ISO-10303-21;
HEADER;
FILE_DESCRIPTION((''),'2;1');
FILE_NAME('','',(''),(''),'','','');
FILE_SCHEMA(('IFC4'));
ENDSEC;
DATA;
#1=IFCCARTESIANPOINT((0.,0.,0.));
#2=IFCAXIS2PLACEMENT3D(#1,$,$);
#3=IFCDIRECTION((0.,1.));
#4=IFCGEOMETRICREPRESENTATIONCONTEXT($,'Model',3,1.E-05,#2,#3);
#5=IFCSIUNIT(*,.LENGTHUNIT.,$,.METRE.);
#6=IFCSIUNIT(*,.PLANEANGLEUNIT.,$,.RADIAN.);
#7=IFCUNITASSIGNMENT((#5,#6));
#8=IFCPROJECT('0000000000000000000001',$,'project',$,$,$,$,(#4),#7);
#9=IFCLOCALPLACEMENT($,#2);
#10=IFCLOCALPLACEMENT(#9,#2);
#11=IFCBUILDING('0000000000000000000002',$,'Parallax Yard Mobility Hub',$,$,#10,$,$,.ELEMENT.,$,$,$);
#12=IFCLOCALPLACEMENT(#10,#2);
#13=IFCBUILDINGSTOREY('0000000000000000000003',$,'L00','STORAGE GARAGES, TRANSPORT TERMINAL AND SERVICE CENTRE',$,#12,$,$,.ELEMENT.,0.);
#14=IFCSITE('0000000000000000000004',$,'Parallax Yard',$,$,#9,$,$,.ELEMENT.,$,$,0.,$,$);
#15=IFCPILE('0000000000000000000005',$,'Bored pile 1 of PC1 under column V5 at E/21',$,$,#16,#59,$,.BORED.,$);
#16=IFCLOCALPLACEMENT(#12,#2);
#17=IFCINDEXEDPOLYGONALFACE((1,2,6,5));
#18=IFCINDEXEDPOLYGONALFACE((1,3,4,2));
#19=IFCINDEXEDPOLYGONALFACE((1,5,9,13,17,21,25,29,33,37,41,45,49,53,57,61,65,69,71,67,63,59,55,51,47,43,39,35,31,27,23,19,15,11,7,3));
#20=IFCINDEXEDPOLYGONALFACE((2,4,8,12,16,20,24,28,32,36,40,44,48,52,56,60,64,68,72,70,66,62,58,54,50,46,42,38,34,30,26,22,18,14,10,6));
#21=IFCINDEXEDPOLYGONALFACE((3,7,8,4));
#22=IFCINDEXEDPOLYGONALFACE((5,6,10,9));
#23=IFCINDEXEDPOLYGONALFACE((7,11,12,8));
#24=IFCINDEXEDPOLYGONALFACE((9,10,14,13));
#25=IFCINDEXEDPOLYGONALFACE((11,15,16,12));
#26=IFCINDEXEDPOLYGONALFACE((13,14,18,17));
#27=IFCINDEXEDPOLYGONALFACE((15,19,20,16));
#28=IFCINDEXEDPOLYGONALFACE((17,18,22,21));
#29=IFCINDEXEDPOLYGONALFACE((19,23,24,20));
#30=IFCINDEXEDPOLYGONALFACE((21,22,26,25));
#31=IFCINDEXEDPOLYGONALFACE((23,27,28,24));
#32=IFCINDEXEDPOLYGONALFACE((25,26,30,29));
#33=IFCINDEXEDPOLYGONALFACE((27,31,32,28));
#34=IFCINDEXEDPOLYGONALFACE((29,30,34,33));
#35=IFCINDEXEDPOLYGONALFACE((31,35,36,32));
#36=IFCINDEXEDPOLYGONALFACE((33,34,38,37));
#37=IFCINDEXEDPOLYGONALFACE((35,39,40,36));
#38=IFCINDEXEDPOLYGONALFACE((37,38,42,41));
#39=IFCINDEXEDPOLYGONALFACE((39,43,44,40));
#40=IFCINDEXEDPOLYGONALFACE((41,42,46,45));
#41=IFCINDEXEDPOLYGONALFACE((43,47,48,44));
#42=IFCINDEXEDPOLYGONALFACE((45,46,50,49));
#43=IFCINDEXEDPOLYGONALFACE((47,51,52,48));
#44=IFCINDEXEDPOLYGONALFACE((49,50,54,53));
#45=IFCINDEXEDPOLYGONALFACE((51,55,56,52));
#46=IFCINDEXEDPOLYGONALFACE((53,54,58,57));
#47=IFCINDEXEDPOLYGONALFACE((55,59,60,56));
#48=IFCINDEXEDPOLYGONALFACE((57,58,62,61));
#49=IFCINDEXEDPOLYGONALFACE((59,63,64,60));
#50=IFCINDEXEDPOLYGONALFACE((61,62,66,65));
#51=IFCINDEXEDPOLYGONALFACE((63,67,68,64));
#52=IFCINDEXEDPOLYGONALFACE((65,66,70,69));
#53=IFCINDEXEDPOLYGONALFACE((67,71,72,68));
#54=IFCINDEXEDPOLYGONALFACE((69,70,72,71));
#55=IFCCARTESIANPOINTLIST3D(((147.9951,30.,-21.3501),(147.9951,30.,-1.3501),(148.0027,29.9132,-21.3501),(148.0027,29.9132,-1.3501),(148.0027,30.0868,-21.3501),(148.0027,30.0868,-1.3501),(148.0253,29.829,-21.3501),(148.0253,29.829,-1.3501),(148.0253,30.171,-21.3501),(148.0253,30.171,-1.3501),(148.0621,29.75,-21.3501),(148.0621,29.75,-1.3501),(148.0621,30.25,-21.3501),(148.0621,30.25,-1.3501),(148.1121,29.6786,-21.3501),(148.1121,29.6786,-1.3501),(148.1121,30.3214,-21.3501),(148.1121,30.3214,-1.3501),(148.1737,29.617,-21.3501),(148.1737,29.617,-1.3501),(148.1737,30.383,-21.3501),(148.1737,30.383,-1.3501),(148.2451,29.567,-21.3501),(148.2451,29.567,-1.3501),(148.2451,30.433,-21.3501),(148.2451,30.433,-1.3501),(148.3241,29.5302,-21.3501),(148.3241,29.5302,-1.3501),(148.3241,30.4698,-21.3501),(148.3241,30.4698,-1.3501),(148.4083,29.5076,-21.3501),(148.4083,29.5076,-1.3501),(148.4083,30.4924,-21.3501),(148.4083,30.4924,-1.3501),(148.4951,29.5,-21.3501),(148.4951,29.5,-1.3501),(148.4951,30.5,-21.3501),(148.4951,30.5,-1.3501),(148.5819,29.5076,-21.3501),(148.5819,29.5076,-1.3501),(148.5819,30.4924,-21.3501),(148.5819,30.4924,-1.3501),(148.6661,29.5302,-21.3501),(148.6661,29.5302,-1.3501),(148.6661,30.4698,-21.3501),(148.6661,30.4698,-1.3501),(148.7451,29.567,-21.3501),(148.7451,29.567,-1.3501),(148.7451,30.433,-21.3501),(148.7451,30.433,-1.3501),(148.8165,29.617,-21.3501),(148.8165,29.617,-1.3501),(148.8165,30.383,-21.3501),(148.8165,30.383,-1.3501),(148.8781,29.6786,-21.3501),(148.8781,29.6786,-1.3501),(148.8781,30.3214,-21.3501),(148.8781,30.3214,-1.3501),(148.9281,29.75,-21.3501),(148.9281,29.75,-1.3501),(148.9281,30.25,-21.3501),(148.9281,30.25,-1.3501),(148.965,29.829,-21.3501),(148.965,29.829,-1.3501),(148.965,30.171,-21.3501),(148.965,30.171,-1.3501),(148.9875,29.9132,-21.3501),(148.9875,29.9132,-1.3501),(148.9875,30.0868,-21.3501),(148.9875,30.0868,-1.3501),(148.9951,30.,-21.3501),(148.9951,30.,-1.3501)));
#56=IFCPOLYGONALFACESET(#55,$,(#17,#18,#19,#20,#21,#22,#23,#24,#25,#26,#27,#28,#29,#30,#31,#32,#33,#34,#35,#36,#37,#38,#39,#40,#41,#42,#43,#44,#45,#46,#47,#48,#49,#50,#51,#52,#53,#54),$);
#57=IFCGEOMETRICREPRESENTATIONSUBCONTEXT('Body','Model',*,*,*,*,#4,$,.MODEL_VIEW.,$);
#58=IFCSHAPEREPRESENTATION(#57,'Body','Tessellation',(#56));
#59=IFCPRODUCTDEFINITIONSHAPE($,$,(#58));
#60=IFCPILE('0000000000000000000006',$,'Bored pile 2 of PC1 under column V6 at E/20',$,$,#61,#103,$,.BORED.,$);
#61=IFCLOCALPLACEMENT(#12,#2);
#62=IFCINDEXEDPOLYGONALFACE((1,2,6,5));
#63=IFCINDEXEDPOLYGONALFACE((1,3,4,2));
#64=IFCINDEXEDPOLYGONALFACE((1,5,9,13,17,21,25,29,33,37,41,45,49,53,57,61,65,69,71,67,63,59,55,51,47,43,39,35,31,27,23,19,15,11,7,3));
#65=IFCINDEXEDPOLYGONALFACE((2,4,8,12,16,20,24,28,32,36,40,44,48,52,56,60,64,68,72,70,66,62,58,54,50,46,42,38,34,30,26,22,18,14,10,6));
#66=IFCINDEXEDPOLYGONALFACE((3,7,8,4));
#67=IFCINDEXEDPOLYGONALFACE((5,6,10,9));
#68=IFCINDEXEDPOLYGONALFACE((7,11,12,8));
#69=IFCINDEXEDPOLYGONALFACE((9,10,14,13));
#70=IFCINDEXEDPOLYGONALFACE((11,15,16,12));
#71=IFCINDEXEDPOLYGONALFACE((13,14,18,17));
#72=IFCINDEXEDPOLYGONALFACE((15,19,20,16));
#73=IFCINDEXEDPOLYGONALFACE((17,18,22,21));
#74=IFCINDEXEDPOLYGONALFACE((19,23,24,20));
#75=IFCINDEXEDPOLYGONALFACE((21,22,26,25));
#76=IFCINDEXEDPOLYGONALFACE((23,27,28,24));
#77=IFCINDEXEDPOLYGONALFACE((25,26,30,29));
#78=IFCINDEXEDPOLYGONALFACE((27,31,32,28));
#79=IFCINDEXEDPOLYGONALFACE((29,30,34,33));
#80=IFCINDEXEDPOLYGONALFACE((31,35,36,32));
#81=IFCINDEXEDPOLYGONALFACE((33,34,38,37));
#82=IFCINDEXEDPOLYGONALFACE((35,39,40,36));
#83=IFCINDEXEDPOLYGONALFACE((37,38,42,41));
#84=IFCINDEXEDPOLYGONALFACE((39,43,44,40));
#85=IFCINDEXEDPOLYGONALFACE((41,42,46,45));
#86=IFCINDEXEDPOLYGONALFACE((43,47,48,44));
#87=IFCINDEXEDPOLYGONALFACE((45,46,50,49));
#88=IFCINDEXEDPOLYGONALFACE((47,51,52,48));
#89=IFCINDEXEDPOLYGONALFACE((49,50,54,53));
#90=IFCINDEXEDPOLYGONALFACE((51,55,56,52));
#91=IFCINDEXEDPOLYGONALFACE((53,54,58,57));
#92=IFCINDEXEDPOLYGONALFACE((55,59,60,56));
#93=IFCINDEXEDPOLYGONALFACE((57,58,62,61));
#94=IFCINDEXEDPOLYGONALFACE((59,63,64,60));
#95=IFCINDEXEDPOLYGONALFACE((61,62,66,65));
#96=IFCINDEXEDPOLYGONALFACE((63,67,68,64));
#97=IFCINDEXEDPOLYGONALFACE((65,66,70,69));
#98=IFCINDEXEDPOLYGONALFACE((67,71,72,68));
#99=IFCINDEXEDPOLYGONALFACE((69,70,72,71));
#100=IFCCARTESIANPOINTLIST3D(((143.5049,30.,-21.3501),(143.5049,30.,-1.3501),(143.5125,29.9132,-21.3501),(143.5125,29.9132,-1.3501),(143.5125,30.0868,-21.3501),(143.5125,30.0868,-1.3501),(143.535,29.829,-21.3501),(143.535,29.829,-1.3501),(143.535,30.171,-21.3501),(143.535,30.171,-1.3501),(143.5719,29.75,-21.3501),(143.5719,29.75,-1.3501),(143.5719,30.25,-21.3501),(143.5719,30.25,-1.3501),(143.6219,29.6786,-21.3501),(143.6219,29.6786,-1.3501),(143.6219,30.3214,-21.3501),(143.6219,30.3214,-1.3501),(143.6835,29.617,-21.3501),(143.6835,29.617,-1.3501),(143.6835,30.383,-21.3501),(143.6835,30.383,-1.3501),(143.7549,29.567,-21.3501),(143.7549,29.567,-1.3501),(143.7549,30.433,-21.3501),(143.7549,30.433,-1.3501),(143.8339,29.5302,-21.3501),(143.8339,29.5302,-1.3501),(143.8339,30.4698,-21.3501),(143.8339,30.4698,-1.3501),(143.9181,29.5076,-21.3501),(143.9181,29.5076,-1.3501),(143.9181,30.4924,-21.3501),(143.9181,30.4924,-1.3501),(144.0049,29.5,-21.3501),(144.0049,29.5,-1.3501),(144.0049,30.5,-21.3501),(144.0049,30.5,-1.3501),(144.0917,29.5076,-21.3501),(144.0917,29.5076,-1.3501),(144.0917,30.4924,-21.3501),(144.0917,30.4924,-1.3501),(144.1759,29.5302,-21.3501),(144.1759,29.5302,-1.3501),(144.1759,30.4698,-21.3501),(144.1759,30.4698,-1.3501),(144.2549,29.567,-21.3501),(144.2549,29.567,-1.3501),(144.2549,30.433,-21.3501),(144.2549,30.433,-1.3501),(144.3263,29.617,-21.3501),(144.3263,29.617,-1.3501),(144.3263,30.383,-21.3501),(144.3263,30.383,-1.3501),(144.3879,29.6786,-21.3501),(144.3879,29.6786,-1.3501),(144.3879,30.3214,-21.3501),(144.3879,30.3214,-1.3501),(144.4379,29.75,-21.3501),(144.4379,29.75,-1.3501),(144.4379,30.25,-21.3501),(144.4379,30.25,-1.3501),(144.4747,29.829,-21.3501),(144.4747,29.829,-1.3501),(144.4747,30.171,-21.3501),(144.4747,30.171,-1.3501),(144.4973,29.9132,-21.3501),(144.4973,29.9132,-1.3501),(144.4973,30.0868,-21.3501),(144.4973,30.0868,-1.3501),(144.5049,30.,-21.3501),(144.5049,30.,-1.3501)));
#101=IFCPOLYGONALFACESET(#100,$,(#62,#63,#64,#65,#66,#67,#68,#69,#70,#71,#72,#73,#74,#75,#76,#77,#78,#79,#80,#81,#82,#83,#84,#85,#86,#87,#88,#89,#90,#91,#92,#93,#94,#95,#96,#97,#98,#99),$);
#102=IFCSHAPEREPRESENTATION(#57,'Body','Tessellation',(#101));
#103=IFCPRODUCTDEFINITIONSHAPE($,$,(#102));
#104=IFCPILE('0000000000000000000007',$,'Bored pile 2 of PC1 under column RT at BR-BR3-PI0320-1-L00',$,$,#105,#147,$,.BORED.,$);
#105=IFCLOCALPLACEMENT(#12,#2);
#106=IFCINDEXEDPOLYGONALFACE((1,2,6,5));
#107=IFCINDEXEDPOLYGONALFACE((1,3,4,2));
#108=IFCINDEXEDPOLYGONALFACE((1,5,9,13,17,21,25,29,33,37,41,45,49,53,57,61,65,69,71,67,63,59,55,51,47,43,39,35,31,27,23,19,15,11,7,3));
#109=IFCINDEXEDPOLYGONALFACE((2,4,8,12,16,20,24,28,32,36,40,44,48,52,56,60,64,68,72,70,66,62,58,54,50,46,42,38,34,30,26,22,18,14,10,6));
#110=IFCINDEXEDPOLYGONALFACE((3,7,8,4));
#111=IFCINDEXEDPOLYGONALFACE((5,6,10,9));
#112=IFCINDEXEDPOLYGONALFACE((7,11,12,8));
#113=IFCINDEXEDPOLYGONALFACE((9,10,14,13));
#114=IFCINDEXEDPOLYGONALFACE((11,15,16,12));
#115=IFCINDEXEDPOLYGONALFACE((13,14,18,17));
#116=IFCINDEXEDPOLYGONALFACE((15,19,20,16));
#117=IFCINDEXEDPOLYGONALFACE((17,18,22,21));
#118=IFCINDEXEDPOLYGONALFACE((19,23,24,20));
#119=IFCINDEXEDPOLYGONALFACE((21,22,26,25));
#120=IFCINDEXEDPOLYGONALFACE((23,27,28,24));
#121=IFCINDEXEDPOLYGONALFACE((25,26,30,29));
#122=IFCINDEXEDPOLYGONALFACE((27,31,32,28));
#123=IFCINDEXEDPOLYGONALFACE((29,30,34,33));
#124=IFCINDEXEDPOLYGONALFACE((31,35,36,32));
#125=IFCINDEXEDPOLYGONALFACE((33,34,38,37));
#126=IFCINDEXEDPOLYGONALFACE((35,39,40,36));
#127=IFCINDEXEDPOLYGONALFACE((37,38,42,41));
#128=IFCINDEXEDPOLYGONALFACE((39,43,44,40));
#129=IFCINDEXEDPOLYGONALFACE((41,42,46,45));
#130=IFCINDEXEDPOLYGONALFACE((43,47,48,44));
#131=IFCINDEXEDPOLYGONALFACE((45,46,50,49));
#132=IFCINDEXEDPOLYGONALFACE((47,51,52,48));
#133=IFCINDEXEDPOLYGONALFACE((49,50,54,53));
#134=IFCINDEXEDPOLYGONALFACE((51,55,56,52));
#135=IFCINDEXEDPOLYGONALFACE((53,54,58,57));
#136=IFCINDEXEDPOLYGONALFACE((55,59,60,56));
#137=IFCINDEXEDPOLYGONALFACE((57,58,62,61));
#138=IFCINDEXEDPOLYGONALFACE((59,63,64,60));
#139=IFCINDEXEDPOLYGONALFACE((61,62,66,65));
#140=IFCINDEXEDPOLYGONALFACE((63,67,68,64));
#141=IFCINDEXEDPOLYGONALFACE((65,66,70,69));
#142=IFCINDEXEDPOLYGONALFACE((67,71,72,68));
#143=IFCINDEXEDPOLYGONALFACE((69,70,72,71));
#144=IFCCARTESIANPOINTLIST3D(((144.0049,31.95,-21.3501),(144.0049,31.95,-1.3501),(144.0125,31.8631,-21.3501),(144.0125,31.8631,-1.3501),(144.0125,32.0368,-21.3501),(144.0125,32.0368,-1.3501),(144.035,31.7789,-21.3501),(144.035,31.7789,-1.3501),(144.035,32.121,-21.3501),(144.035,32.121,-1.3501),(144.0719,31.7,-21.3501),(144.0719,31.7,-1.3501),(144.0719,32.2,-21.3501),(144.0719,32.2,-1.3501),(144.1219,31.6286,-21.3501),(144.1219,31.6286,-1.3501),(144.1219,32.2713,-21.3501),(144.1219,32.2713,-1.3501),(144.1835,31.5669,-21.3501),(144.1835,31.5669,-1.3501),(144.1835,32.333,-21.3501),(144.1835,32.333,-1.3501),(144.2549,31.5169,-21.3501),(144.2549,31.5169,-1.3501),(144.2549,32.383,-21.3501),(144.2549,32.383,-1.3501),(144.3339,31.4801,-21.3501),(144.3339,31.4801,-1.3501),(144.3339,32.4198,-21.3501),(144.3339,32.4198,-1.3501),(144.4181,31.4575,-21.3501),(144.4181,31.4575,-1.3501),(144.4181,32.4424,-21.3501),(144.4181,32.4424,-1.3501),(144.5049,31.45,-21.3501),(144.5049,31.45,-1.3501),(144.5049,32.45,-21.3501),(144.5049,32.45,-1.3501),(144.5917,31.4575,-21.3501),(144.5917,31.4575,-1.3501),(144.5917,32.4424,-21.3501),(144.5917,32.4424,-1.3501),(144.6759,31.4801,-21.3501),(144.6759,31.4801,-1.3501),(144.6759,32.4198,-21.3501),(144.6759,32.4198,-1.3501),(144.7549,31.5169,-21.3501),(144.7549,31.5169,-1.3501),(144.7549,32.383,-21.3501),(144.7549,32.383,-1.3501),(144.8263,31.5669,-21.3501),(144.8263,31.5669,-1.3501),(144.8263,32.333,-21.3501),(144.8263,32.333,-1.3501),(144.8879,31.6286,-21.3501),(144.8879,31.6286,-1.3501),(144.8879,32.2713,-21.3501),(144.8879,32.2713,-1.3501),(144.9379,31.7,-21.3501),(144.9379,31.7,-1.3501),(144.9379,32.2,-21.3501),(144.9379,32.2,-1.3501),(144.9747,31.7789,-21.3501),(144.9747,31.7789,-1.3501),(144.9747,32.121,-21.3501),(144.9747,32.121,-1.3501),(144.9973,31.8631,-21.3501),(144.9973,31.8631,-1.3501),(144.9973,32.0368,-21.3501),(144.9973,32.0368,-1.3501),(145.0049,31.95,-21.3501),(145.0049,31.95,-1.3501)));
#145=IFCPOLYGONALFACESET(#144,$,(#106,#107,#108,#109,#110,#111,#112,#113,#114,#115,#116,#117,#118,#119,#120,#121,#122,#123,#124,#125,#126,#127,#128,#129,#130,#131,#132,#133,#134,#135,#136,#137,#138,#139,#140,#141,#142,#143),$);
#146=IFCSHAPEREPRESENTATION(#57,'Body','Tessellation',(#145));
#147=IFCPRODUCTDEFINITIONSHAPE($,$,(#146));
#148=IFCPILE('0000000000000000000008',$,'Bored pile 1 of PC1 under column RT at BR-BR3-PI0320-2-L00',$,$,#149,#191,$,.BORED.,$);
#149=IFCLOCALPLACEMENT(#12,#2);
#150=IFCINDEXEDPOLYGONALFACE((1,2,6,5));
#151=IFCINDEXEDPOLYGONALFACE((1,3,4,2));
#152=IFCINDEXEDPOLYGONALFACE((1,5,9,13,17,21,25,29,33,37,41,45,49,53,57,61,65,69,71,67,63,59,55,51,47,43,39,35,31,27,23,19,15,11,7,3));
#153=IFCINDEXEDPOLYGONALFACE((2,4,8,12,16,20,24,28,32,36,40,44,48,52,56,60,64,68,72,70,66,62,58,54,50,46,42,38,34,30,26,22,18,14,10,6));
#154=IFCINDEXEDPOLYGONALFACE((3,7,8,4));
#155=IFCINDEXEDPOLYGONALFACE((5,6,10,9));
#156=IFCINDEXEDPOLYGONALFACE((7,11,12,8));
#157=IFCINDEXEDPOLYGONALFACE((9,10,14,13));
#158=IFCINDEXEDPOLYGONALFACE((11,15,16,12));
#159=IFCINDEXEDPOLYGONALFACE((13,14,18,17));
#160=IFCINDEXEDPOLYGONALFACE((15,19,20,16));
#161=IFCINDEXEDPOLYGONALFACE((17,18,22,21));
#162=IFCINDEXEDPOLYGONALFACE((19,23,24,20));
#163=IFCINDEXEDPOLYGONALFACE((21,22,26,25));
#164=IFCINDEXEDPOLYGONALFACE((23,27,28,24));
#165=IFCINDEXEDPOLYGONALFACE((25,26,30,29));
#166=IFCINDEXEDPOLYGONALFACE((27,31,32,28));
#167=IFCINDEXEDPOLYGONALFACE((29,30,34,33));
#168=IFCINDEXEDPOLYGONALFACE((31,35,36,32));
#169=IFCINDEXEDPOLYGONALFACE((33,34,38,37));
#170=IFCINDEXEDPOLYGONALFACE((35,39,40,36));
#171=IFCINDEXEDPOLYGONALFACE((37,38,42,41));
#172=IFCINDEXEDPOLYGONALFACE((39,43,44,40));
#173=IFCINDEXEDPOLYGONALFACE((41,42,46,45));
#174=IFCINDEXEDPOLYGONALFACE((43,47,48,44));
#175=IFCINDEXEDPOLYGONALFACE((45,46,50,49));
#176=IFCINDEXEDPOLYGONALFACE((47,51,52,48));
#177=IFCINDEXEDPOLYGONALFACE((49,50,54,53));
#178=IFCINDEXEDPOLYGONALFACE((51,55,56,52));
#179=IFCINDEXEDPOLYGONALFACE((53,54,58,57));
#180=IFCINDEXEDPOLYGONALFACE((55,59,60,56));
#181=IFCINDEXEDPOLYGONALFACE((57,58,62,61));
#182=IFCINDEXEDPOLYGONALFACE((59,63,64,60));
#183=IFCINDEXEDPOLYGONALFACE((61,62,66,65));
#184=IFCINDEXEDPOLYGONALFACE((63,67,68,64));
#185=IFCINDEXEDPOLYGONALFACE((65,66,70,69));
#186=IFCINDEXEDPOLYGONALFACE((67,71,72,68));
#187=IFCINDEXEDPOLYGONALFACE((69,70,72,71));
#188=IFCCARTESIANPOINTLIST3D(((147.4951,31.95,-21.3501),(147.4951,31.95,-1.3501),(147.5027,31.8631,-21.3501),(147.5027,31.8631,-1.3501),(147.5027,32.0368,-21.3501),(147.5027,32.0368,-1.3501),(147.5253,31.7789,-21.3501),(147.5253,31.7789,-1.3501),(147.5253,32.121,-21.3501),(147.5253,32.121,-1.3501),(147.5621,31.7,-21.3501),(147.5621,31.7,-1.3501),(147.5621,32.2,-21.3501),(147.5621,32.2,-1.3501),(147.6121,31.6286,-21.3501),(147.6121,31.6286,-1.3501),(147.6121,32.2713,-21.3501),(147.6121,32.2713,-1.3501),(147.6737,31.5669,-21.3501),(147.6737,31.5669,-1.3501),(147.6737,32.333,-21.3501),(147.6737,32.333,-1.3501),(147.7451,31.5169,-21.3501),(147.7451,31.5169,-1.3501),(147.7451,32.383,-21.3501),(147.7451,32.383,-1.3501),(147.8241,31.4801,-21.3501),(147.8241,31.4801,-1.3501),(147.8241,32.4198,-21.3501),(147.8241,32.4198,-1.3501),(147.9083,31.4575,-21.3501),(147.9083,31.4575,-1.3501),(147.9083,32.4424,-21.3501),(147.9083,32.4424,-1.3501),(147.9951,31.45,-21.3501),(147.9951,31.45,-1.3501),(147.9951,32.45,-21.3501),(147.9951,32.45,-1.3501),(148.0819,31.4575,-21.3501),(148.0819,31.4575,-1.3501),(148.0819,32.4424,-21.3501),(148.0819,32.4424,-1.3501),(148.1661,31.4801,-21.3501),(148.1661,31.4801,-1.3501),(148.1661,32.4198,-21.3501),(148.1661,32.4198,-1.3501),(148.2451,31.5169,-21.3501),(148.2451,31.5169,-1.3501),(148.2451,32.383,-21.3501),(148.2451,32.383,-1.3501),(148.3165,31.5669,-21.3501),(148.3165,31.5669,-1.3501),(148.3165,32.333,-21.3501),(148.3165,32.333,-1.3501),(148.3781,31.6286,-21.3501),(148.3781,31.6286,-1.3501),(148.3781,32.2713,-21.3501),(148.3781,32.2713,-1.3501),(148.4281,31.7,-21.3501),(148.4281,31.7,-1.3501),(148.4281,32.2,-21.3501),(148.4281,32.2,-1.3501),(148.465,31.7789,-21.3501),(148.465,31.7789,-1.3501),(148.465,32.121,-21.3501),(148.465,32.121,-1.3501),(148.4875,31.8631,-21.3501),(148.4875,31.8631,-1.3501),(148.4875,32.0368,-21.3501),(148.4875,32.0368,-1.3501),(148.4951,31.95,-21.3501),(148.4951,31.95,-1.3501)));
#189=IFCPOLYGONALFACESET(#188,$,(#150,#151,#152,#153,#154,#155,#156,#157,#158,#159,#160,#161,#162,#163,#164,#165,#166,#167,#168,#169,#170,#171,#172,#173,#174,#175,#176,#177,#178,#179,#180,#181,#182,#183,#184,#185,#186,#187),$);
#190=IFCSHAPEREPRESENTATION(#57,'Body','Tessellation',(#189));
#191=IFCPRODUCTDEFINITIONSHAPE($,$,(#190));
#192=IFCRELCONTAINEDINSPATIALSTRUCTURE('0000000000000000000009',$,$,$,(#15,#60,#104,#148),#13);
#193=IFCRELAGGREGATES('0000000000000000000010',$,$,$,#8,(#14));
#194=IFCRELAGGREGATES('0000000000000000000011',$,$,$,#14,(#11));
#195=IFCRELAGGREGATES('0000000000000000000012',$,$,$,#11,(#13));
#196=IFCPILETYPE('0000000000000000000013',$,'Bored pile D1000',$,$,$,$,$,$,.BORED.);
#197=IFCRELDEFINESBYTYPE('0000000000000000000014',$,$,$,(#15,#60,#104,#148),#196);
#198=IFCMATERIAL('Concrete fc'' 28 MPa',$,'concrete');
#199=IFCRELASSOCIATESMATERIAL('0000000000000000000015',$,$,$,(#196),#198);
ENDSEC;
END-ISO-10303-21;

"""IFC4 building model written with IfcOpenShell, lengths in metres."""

from ifc_helpers import new_model, si_unit, direction, frame, origin, origin_2d, place, context, subcontext, project, spatial, circle, extrude, material, material_profile, profile_set, type_object, element, save


model = new_model("IFC4")

# Units and contexts
model_context = context("Model", 3, precision=1e-05, world=origin(), true_north=direction((0.0, 1.0)))
body_context = subcontext(model_context, "Body", "Model", "MODEL_VIEW")
ifc_project = project(units=[si_unit("LENGTHUNIT", "METRE"), si_unit("PLANEANGLEUNIT", "RADIAN")], contexts=[model_context])

# Site, building, storey
site_placement = place(None, origin())
site = spatial("IfcSite", under=ifc_project, at=site_placement, Name="Parallax Yard", CompositionType="ELEMENT", RefElevation=0.0)
building_placement = place(site_placement, origin())
building = spatial("IfcBuilding", under=site, at=building_placement, Name="Parallax Yard Mobility Hub", CompositionType="ELEMENT")
storey_placement = place(building_placement, origin())
storey = spatial("IfcBuildingStorey", under=building, at=storey_placement, Name="L00", Description="STORAGE GARAGES, TRANSPORT TERMINAL AND SERVICE CENTRE", CompositionType="ELEMENT", Elevation=0.0)

# Piles
ifc_material_1 = material(Name="Concrete fc' 28 MPa", Category="concrete")
ifc_material_profile_1 = material_profile(ifc_material_1, circle(Radius=0.5, at=origin_2d()), Name="Bored pile D1000")
ifc_profile_set_1 = profile_set([ifc_material_profile_1], Name="Concrete fc' 28 MPa")
pile_type = type_object("IfcPileType", Name="Bored pile D1000", PredefinedType="BORED", material=ifc_profile_set_1)
for number, where, z_axis, x_axis, name in (
    (1, (148.4951, 30.0, -1.3501), (0.0, 0.0, -1.0), (1.0, 0.0, 0.0), "Bored pile 1 of PC1 under column V5 at E/21"),
    (2, (144.0049, 30.0, -1.3501), (0.0, 0.0, -1.0), (1.0, 0.0, 0.0), "Bored pile 2 of PC1 under column V6 at E/20"),
    (3, (144.5049, 31.95, -1.3501), (0.0, 0.0, -1.0), (1.0, 0.0, 0.0), "Bored pile 2 of PC1 under column RT at BR-BR3-PI0320-1-L00"),
    (4, (147.9951, 31.95, -1.3501), (0.0, 0.0, -1.0), (1.0, 0.0, 0.0), "Bored pile 1 of PC1 under column RT at BR-BR3-PI0320-2-L00"),
):
    element("IfcPile", number, at=place(storey_placement, frame(where, z_axis=z_axis, x_axis=x_axis)), inside=storey, type_object=pile_type, Name=name, PredefinedType="BORED", context=body_context, shape_type="SweptSolid", body=[
        extrude(circle(Radius=0.5, at=origin_2d()), origin(), (0.0, 0.0, 1.0), 20.0),
    ])

save(model, "model.ifc")
